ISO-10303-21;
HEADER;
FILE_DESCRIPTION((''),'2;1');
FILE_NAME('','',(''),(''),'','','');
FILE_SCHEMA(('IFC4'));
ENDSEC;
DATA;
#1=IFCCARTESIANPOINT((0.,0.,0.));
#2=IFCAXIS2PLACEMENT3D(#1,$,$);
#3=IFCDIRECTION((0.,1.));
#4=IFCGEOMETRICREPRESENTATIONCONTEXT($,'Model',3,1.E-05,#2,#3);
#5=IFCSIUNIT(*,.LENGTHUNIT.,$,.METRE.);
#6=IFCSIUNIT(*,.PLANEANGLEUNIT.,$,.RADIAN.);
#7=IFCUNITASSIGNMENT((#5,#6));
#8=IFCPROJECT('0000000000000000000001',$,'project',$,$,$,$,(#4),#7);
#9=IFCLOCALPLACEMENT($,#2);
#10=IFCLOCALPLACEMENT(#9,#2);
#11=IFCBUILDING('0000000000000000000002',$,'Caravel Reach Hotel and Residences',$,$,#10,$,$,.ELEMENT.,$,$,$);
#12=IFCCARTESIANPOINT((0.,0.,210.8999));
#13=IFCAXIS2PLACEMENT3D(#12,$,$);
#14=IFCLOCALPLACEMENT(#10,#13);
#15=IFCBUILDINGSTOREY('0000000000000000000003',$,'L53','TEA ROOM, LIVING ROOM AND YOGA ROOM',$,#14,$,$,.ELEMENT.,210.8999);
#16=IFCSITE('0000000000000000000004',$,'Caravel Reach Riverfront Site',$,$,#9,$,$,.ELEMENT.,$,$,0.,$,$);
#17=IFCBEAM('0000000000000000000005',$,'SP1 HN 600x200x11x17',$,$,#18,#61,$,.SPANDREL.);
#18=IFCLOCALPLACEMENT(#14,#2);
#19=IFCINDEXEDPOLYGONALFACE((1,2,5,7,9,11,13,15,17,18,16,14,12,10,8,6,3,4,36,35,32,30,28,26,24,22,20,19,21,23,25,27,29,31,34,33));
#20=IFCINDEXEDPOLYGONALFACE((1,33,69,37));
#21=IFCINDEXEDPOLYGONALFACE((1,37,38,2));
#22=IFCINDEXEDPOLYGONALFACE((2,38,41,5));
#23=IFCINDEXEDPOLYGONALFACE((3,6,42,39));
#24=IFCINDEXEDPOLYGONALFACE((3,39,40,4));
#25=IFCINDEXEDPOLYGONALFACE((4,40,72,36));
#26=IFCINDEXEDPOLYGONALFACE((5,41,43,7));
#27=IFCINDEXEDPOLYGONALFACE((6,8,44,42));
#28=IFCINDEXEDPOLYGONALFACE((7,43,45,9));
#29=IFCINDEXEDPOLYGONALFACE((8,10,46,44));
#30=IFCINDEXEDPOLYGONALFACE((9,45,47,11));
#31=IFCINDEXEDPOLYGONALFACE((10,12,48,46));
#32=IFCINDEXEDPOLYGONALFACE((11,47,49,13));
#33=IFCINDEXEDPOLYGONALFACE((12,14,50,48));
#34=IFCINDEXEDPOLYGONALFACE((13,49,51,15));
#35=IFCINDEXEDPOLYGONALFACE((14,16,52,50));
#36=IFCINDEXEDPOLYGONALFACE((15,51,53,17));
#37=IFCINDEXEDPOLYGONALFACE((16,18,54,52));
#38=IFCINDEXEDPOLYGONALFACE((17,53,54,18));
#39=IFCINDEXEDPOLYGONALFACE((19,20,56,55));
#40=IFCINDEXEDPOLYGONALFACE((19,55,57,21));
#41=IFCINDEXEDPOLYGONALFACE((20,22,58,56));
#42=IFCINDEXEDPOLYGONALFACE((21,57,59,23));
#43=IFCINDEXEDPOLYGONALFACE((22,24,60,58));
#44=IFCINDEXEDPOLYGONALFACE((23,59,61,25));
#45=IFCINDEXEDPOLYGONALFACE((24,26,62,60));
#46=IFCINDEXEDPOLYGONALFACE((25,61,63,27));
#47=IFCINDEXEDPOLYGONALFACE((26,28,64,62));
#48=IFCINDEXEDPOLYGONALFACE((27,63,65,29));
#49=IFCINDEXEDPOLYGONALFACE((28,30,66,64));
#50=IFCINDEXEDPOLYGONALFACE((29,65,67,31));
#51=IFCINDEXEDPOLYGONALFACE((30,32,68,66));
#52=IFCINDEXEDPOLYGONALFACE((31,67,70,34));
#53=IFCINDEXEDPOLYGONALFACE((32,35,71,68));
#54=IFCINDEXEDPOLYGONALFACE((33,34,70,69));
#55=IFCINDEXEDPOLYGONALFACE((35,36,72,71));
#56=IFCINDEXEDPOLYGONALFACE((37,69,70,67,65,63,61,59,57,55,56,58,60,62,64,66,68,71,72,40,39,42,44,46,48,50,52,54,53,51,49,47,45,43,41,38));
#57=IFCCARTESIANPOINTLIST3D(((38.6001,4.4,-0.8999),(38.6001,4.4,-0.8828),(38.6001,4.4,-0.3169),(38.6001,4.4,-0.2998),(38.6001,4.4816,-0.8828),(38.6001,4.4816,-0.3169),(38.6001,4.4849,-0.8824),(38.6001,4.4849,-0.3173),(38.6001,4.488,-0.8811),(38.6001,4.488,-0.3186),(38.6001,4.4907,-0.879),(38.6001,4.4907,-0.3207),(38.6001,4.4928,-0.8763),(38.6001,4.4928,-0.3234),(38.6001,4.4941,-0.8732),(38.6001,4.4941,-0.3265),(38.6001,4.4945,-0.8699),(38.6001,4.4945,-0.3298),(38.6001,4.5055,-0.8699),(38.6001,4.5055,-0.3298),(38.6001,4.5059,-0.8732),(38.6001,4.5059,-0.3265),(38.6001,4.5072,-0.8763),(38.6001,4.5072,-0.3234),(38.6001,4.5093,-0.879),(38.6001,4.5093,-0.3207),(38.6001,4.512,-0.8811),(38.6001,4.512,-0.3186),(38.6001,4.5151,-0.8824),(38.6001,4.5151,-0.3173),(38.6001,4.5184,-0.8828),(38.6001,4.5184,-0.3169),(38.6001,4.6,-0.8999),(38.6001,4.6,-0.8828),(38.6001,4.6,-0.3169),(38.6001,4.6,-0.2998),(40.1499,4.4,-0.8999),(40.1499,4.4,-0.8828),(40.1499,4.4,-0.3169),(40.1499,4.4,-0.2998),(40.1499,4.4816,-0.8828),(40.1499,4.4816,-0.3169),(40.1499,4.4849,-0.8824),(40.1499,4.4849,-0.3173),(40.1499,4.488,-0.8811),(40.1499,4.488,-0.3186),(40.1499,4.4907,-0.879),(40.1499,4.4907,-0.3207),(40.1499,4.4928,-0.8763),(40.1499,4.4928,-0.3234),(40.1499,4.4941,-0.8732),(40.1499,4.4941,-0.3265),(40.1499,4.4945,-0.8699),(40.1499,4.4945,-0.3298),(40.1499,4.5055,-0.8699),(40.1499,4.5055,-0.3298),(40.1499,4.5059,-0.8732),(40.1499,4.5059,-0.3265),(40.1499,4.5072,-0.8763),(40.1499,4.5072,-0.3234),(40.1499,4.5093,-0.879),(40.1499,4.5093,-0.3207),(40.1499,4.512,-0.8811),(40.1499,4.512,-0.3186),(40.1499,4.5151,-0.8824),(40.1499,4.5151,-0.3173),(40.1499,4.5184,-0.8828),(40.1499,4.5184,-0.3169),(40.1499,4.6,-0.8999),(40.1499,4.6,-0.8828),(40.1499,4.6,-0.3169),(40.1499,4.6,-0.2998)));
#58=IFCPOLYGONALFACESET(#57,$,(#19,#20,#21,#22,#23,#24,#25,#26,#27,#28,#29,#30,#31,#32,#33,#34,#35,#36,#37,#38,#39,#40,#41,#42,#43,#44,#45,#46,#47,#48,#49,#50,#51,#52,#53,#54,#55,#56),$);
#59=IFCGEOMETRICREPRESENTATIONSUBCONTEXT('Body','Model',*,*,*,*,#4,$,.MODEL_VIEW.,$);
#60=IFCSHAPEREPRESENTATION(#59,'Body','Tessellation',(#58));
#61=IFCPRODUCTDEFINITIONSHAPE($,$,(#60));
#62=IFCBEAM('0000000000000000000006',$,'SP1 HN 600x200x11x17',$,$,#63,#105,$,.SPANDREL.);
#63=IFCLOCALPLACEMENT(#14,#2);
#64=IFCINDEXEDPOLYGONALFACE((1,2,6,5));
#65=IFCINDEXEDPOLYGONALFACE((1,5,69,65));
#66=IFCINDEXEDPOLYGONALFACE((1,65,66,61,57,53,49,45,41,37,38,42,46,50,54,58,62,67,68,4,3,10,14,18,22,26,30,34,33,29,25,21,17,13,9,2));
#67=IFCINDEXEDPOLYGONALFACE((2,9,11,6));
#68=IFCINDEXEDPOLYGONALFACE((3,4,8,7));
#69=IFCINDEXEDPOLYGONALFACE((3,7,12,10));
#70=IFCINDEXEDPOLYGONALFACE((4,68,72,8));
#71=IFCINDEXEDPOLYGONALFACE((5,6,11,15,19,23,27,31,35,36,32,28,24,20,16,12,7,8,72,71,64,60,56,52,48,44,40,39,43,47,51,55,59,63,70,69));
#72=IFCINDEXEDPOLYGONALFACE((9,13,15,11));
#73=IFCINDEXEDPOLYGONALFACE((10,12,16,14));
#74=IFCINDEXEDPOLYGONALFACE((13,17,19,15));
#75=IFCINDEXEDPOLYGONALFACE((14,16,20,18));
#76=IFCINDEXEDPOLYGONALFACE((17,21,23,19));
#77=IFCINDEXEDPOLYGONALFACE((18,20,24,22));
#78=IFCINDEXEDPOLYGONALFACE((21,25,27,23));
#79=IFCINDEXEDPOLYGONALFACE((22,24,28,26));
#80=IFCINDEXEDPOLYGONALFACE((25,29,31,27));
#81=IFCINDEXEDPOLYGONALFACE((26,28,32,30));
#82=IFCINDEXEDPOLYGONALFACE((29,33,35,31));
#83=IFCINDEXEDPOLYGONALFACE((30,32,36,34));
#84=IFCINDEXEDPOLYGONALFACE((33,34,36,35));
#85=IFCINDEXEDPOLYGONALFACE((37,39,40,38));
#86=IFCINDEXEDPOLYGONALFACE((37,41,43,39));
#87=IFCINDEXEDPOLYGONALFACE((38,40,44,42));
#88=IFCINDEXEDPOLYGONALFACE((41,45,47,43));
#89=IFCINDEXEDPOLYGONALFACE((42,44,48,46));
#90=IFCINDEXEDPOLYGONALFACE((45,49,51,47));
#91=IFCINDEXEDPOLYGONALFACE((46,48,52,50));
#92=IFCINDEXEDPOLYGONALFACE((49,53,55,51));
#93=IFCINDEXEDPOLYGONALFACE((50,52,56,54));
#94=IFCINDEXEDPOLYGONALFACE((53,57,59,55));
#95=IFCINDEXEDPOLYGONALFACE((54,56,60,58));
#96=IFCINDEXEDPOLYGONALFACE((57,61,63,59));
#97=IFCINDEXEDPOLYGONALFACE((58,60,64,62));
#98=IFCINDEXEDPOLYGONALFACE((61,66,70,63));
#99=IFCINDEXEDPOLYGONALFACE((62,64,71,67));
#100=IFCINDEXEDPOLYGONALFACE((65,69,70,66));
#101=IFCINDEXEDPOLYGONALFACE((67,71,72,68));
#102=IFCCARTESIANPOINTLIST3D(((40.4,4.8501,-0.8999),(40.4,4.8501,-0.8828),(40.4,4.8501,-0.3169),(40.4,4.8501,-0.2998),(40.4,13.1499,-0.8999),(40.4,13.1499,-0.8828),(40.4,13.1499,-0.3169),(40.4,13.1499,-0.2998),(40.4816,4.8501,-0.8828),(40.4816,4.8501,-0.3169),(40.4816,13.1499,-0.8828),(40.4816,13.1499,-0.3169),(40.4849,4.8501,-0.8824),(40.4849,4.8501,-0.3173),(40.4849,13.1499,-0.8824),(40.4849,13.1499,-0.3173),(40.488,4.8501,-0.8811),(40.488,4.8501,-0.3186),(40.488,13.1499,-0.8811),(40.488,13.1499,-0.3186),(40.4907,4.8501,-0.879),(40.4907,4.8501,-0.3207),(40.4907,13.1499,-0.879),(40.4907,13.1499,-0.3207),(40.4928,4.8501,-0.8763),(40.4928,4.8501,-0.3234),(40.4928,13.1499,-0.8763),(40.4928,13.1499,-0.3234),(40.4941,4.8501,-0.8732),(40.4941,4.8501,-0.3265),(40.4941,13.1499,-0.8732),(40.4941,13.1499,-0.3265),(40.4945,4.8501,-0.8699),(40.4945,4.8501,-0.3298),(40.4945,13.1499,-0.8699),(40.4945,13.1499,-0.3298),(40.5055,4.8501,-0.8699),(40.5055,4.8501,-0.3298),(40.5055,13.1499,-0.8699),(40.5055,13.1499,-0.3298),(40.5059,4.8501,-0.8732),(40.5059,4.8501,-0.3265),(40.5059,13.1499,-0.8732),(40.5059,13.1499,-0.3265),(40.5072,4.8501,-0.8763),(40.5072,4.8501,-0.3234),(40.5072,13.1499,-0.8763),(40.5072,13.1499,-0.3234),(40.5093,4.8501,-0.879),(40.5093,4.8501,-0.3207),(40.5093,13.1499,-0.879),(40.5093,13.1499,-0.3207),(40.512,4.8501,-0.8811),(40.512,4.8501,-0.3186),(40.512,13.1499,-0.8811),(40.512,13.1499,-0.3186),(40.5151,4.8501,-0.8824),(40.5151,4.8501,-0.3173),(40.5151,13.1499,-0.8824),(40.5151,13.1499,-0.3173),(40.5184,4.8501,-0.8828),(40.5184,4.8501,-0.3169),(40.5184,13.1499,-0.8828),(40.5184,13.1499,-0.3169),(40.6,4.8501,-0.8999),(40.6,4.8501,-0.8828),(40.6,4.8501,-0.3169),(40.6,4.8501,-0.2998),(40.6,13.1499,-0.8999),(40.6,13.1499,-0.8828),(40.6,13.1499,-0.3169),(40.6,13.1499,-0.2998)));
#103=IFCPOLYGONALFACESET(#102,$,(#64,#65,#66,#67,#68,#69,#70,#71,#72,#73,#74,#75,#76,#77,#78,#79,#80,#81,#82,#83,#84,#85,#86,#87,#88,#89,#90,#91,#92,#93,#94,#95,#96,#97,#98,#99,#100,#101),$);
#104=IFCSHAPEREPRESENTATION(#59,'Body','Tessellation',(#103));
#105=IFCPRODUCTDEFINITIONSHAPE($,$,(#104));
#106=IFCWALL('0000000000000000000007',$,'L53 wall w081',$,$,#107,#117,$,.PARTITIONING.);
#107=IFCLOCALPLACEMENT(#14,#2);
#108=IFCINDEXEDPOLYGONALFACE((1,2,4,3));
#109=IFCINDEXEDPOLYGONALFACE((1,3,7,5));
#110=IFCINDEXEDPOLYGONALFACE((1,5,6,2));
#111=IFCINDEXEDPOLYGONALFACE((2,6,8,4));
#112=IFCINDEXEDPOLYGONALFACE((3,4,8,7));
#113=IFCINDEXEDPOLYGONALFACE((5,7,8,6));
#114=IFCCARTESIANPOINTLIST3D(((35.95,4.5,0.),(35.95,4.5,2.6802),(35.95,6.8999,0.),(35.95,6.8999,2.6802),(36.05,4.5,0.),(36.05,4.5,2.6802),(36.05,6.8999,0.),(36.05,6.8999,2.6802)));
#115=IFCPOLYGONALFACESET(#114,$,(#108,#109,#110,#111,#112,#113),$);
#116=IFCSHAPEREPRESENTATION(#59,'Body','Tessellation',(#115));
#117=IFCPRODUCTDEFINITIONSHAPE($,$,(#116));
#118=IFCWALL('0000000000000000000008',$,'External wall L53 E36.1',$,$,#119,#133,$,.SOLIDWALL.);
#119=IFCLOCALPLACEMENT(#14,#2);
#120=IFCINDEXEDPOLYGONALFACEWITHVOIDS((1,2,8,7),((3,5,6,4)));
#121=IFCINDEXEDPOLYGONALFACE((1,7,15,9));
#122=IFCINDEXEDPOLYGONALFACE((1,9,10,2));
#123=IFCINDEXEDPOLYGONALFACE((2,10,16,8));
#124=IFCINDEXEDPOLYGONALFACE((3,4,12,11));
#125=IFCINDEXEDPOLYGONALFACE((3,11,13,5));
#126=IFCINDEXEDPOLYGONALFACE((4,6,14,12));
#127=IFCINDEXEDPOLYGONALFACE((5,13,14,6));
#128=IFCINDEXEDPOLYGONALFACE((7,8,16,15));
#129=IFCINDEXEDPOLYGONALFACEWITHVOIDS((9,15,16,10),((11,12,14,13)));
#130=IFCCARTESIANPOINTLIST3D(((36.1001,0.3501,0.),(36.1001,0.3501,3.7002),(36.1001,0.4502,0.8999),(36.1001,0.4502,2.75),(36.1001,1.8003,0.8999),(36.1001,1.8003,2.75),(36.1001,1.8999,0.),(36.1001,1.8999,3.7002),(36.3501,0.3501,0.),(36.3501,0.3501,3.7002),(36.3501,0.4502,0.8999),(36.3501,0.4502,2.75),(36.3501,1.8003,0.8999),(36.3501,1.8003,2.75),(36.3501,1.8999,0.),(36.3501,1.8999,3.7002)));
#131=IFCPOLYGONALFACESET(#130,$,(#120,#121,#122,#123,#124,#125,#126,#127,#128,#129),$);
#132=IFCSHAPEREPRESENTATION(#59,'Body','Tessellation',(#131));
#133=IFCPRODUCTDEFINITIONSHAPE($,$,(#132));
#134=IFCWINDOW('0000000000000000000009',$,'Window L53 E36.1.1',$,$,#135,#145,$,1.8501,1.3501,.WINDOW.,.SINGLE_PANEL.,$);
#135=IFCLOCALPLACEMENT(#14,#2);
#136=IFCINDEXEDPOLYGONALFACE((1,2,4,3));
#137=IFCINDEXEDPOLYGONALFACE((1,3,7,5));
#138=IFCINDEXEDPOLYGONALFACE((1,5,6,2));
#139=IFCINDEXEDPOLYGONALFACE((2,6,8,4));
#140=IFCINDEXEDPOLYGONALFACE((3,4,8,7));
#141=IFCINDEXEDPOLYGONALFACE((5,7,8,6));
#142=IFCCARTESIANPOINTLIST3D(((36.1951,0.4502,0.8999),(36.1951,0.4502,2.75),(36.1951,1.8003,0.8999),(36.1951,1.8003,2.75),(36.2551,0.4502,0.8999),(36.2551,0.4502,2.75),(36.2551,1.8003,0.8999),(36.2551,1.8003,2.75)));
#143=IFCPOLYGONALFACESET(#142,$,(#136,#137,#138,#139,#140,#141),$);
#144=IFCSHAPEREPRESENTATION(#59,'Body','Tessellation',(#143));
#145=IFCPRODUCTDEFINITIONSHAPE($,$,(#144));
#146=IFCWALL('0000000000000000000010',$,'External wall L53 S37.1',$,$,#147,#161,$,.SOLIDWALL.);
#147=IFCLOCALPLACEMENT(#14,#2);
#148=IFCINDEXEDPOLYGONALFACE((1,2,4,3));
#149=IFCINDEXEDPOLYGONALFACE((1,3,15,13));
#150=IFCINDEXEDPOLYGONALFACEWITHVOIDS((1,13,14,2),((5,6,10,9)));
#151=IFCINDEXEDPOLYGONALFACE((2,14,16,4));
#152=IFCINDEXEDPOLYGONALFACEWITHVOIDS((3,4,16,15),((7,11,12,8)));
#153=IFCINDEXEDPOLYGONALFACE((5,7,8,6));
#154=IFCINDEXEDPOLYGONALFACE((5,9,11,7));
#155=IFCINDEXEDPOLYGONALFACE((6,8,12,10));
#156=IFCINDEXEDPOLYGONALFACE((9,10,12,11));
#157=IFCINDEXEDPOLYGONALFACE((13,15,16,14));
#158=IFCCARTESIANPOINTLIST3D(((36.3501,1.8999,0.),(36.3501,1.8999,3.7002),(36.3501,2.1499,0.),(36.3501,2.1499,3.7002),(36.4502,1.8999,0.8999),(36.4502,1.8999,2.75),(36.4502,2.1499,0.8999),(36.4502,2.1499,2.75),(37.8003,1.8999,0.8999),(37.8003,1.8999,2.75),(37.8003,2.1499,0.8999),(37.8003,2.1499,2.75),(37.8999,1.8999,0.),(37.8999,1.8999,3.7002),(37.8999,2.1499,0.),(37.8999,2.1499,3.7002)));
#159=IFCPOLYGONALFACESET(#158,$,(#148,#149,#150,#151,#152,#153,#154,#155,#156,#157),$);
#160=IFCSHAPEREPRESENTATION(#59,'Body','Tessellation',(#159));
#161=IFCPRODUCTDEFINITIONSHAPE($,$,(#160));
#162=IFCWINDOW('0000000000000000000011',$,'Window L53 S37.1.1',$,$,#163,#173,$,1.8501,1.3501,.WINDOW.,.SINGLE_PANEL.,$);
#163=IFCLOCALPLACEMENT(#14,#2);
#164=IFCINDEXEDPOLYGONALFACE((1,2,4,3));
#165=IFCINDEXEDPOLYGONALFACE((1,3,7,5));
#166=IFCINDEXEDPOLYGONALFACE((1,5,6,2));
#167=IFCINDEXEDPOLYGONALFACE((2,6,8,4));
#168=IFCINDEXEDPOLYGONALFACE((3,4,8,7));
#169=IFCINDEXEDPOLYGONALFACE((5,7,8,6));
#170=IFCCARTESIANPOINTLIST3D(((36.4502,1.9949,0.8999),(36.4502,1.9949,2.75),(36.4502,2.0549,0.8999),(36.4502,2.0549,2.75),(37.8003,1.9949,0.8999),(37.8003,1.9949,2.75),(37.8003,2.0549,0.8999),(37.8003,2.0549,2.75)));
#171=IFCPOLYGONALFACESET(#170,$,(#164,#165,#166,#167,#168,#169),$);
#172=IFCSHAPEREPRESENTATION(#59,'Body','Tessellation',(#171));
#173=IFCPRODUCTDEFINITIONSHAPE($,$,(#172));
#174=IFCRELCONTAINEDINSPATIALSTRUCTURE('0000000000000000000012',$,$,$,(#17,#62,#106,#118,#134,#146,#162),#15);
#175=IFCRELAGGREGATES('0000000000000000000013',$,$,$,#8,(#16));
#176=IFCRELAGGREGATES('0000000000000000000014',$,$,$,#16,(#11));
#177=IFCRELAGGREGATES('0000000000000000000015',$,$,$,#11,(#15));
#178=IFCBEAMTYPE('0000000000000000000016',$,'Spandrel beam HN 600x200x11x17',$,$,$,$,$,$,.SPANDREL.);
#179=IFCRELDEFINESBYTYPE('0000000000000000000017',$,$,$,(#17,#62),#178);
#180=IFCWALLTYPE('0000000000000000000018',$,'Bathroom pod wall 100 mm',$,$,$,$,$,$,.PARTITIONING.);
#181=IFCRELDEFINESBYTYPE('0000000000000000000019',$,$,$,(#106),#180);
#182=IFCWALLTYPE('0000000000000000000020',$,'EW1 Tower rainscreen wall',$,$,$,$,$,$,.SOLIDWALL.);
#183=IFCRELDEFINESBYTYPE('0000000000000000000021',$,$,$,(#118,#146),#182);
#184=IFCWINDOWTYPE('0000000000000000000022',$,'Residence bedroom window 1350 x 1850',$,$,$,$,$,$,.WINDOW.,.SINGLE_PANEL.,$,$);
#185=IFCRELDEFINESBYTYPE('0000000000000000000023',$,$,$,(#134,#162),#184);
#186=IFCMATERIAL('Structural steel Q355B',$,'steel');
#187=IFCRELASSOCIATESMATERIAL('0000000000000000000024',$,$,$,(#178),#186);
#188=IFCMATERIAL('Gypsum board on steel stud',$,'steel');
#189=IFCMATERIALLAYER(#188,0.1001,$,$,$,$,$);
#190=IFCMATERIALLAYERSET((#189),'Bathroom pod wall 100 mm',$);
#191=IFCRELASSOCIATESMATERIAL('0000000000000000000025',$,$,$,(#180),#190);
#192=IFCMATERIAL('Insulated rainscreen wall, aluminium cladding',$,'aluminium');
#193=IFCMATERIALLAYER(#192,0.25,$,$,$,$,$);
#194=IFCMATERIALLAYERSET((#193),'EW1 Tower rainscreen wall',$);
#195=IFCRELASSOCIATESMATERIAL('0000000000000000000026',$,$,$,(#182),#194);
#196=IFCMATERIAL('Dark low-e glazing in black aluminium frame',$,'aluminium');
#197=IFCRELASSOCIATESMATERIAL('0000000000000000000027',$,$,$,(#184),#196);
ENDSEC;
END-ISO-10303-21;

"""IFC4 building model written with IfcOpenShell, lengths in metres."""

from ifc_helpers import new_model, si_unit, direction, frame, frame_2d, origin, origin_2d, place, context, subcontext, project, spatial, rectangle, i_section, extrude, material, layer, layer_set, material_profile, profile_set, type_object, element, fill, save


model = new_model("IFC4")

# Units and contexts
model_context = context("Model", 3, precision=1e-05, world=origin(), true_north=direction((0.0, 1.0)))
body_context = subcontext(model_context, "Body", "Model", "MODEL_VIEW")
ifc_project = project(units=[si_unit("LENGTHUNIT", "METRE"), si_unit("PLANEANGLEUNIT", "RADIAN")], contexts=[model_context])

# Site, building, storey
site_placement = place(None, origin())
site = spatial("IfcSite", under=ifc_project, at=site_placement, Name="Caravel Reach Riverfront Site", CompositionType="ELEMENT", RefElevation=0.0)
building_placement = place(site_placement, origin())
building = spatial("IfcBuilding", under=site, at=building_placement, Name="Caravel Reach Hotel and Residences", CompositionType="ELEMENT")
storey_placement = place(building_placement, frame((0.0, 0.0, 210.8999)))
storey = spatial("IfcBuildingStorey", under=building, at=storey_placement, Name="L53", Description="TEA ROOM, LIVING ROOM AND YOGA ROOM", CompositionType="ELEMENT", Elevation=210.8999)

# Beams
ifc_material_1 = material(Name="Structural steel Q355B", Category="steel")
ifc_material_profile_1 = material_profile(ifc_material_1, i_section(OverallWidth=0.2, OverallDepth=0.6001, WebThickness=0.011, FlangeThickness=0.0171, FilletRadius=0.0129, at=origin_2d()), Name="HN 600x200x11x17")
ifc_profile_set_1 = profile_set([ifc_material_profile_1], Name="Structural steel Q355B")
beam_type = type_object("IfcBeamType", Name="Spandrel beam HN 600x200x11x17", PredefinedType="SPANDREL", material=ifc_profile_set_1)
for number, where, z_axis, x_axis, name in (
    (1, (38.6001, 4.5, -0.5999), (1.0, 0.0, 0.0), (0.0, 1.0, 0.0), "SP1 HN 600x200x11x17"),
):
    element("IfcBeam", number, at=place(storey_placement, frame(where, z_axis=z_axis, x_axis=x_axis)), inside=storey, type_object=beam_type, Name=name, PredefinedType="SPANDREL", context=body_context, shape_type="SweptSolid", body=[
        extrude(i_section(OverallWidth=0.2, OverallDepth=0.6001, WebThickness=0.011, FlangeThickness=0.0171, FilletRadius=0.0129, at=origin_2d()), origin(), (0.0, 0.0, 1.0), 1.5498),
    ])
beam_placement = place(storey_placement, frame((40.5, 4.8501, -0.5999), z_axis=(0.0, 1.0, 0.0), x_axis=(-1.0, 0.0, 0.0)))
element("IfcBeam", 2, at=beam_placement, inside=storey, type_object=beam_type, Name="SP1 HN 600x200x11x17", PredefinedType="SPANDREL", context=body_context, shape_type="SweptSolid", body=[
    extrude(i_section(OverallWidth=0.2, OverallDepth=0.6001, WebThickness=0.011, FlangeThickness=0.0171, FilletRadius=0.0129, at=origin_2d()), origin(), (0.0, 0.0, 1.0), 8.2998),
])

# Wall
ifc_material_2 = material(Name="Gypsum board on steel stud", Category="steel")
ifc_layer_1 = layer(ifc_material_2, 0.1001)
ifc_layer_set_1 = layer_set([ifc_layer_1], Name="Bathroom pod wall 100 mm")
wall_type_1 = type_object("IfcWallType", Name="Bathroom pod wall 100 mm", PredefinedType="PARTITIONING", material=ifc_layer_set_1)
wall_1_placement = place(storey_placement, frame((36.0, 4.5, 0.0), z_axis=(0.0, 0.0, 1.0), x_axis=(0.0, 1.0, 0.0)))
element("IfcWall", 3, at=wall_1_placement, inside=storey, type_object=wall_type_1, Name="L53 wall w081", PredefinedType="PARTITIONING", context=body_context, shape_type="SweptSolid", body=[
    extrude(rectangle(XDim=2.3999, YDim=0.1001, at=frame_2d((1.2, 0.0))), origin(), (0.0, 0.0, 1.0), 2.6802),
])

# Walls, openings, windows
ifc_material_3 = material(Name="Insulated rainscreen wall, aluminium cladding", Category="aluminium")
ifc_layer_2 = layer(ifc_material_3, 0.25)
ifc_layer_set_2 = layer_set([ifc_layer_2], Name="EW1 Tower rainscreen wall")
wall_type_2 = type_object("IfcWallType", Name="EW1 Tower rainscreen wall", PredefinedType="SOLIDWALL", material=ifc_layer_set_2)
wall_2_placement = place(storey_placement, frame((36.2251, 0.3501, 0.0), z_axis=(0.0, 0.0, 1.0), x_axis=(0.0, 1.0, 0.0)))
wall_2 = element("IfcWall", 4, at=wall_2_placement, inside=storey, type_object=wall_type_2, Name="External wall L53 E36.1", PredefinedType="SOLIDWALL", context=body_context, shape_type="SweptSolid", body=[
    extrude(rectangle(XDim=1.5498, YDim=0.25, at=frame_2d((0.7749, 0.0))), origin(), (0.0, 0.0, 1.0), 3.7002),
])
opening_1_placement = place(wall_2_placement, frame((0.1001, 0.0, 0.8999)))
opening_1 = element("IfcOpeningElement", 5, at=opening_1_placement, cuts=wall_2, PredefinedType="OPENING", context=body_context, shape_type="SweptSolid", body=[
    extrude(rectangle(XDim=1.3501, YDim=1.8501, at=frame_2d((0.675, 0.925))), frame((0.0, 0.135, 0.0), z_axis=(0.0, -1.0, 0.0), x_axis=(1.0, 0.0, 0.0)), (0.0, 0.0, 1.0), 0.27),
])
ifc_material_4 = material(Name="Dark low-e glazing in black aluminium frame", Category="aluminium")
window_type_1 = type_object("IfcWindowType", Name="Residence bedroom window 1350 x 1850", PartitioningType="SINGLE_PANEL", PredefinedType="WINDOW", material=ifc_material_4)
window_1_placement = place(opening_1_placement, origin())
window_1 = element("IfcWindow", 6, at=window_1_placement, inside=storey, type_object=window_type_1, Name="Window L53 E36.1.1", OverallHeight=1.8501, OverallWidth=1.3501, PartitioningType="SINGLE_PANEL", PredefinedType="WINDOW", context=body_context, shape_type="SweptSolid", body=[
    extrude(rectangle(XDim=1.3501, YDim=1.8501, at=frame_2d((0.675, 0.925))), frame((0.0, 0.03, 0.0), z_axis=(0.0, -1.0, 0.0), x_axis=(1.0, 0.0, 0.0)), (0.0, 0.0, 1.0), 0.0601),
])
fill(opening_1, window_1)
wall_3_placement = place(storey_placement, frame((36.3501, 2.0249, 0.0), z_axis=(0.0, 0.0, 1.0), x_axis=(1.0, 0.0, 0.0)))
wall_3 = element("IfcWall", 7, at=wall_3_placement, inside=storey, type_object=wall_type_2, Name="External wall L53 S37.1", PredefinedType="SOLIDWALL", context=body_context, shape_type="SweptSolid", body=[
    extrude(rectangle(XDim=1.5498, YDim=0.25, at=frame_2d((0.7749, 0.0))), origin(), (0.0, 0.0, 1.0), 3.7002),
])
opening_2_placement = place(wall_3_placement, frame((0.1001, 0.0, 0.8999)))
opening_2 = element("IfcOpeningElement", 8, at=opening_2_placement, cuts=wall_3, PredefinedType="OPENING", context=body_context, shape_type="SweptSolid", body=[
    extrude(rectangle(XDim=1.3501, YDim=1.8501, at=frame_2d((0.675, 0.925))), frame((0.0, 0.135, 0.0), z_axis=(0.0, -1.0, 0.0), x_axis=(1.0, 0.0, 0.0)), (0.0, 0.0, 1.0), 0.27),
])
window_2_placement = place(opening_2_placement, origin())
window_2 = element("IfcWindow", 9, at=window_2_placement, inside=storey, type_object=window_type_1, Name="Window L53 S37.1.1", OverallHeight=1.8501, OverallWidth=1.3501, PartitioningType="SINGLE_PANEL", PredefinedType="WINDOW", context=body_context, shape_type="SweptSolid", body=[
    extrude(rectangle(XDim=1.3501, YDim=1.8501, at=frame_2d((0.675, 0.925))), frame((0.0, 0.03, 0.0), z_axis=(0.0, -1.0, 0.0), x_axis=(1.0, 0.0, 0.0)), (0.0, 0.0, 1.0), 0.0601),
])
fill(opening_2, window_2)

save(model, "model.ifc")
